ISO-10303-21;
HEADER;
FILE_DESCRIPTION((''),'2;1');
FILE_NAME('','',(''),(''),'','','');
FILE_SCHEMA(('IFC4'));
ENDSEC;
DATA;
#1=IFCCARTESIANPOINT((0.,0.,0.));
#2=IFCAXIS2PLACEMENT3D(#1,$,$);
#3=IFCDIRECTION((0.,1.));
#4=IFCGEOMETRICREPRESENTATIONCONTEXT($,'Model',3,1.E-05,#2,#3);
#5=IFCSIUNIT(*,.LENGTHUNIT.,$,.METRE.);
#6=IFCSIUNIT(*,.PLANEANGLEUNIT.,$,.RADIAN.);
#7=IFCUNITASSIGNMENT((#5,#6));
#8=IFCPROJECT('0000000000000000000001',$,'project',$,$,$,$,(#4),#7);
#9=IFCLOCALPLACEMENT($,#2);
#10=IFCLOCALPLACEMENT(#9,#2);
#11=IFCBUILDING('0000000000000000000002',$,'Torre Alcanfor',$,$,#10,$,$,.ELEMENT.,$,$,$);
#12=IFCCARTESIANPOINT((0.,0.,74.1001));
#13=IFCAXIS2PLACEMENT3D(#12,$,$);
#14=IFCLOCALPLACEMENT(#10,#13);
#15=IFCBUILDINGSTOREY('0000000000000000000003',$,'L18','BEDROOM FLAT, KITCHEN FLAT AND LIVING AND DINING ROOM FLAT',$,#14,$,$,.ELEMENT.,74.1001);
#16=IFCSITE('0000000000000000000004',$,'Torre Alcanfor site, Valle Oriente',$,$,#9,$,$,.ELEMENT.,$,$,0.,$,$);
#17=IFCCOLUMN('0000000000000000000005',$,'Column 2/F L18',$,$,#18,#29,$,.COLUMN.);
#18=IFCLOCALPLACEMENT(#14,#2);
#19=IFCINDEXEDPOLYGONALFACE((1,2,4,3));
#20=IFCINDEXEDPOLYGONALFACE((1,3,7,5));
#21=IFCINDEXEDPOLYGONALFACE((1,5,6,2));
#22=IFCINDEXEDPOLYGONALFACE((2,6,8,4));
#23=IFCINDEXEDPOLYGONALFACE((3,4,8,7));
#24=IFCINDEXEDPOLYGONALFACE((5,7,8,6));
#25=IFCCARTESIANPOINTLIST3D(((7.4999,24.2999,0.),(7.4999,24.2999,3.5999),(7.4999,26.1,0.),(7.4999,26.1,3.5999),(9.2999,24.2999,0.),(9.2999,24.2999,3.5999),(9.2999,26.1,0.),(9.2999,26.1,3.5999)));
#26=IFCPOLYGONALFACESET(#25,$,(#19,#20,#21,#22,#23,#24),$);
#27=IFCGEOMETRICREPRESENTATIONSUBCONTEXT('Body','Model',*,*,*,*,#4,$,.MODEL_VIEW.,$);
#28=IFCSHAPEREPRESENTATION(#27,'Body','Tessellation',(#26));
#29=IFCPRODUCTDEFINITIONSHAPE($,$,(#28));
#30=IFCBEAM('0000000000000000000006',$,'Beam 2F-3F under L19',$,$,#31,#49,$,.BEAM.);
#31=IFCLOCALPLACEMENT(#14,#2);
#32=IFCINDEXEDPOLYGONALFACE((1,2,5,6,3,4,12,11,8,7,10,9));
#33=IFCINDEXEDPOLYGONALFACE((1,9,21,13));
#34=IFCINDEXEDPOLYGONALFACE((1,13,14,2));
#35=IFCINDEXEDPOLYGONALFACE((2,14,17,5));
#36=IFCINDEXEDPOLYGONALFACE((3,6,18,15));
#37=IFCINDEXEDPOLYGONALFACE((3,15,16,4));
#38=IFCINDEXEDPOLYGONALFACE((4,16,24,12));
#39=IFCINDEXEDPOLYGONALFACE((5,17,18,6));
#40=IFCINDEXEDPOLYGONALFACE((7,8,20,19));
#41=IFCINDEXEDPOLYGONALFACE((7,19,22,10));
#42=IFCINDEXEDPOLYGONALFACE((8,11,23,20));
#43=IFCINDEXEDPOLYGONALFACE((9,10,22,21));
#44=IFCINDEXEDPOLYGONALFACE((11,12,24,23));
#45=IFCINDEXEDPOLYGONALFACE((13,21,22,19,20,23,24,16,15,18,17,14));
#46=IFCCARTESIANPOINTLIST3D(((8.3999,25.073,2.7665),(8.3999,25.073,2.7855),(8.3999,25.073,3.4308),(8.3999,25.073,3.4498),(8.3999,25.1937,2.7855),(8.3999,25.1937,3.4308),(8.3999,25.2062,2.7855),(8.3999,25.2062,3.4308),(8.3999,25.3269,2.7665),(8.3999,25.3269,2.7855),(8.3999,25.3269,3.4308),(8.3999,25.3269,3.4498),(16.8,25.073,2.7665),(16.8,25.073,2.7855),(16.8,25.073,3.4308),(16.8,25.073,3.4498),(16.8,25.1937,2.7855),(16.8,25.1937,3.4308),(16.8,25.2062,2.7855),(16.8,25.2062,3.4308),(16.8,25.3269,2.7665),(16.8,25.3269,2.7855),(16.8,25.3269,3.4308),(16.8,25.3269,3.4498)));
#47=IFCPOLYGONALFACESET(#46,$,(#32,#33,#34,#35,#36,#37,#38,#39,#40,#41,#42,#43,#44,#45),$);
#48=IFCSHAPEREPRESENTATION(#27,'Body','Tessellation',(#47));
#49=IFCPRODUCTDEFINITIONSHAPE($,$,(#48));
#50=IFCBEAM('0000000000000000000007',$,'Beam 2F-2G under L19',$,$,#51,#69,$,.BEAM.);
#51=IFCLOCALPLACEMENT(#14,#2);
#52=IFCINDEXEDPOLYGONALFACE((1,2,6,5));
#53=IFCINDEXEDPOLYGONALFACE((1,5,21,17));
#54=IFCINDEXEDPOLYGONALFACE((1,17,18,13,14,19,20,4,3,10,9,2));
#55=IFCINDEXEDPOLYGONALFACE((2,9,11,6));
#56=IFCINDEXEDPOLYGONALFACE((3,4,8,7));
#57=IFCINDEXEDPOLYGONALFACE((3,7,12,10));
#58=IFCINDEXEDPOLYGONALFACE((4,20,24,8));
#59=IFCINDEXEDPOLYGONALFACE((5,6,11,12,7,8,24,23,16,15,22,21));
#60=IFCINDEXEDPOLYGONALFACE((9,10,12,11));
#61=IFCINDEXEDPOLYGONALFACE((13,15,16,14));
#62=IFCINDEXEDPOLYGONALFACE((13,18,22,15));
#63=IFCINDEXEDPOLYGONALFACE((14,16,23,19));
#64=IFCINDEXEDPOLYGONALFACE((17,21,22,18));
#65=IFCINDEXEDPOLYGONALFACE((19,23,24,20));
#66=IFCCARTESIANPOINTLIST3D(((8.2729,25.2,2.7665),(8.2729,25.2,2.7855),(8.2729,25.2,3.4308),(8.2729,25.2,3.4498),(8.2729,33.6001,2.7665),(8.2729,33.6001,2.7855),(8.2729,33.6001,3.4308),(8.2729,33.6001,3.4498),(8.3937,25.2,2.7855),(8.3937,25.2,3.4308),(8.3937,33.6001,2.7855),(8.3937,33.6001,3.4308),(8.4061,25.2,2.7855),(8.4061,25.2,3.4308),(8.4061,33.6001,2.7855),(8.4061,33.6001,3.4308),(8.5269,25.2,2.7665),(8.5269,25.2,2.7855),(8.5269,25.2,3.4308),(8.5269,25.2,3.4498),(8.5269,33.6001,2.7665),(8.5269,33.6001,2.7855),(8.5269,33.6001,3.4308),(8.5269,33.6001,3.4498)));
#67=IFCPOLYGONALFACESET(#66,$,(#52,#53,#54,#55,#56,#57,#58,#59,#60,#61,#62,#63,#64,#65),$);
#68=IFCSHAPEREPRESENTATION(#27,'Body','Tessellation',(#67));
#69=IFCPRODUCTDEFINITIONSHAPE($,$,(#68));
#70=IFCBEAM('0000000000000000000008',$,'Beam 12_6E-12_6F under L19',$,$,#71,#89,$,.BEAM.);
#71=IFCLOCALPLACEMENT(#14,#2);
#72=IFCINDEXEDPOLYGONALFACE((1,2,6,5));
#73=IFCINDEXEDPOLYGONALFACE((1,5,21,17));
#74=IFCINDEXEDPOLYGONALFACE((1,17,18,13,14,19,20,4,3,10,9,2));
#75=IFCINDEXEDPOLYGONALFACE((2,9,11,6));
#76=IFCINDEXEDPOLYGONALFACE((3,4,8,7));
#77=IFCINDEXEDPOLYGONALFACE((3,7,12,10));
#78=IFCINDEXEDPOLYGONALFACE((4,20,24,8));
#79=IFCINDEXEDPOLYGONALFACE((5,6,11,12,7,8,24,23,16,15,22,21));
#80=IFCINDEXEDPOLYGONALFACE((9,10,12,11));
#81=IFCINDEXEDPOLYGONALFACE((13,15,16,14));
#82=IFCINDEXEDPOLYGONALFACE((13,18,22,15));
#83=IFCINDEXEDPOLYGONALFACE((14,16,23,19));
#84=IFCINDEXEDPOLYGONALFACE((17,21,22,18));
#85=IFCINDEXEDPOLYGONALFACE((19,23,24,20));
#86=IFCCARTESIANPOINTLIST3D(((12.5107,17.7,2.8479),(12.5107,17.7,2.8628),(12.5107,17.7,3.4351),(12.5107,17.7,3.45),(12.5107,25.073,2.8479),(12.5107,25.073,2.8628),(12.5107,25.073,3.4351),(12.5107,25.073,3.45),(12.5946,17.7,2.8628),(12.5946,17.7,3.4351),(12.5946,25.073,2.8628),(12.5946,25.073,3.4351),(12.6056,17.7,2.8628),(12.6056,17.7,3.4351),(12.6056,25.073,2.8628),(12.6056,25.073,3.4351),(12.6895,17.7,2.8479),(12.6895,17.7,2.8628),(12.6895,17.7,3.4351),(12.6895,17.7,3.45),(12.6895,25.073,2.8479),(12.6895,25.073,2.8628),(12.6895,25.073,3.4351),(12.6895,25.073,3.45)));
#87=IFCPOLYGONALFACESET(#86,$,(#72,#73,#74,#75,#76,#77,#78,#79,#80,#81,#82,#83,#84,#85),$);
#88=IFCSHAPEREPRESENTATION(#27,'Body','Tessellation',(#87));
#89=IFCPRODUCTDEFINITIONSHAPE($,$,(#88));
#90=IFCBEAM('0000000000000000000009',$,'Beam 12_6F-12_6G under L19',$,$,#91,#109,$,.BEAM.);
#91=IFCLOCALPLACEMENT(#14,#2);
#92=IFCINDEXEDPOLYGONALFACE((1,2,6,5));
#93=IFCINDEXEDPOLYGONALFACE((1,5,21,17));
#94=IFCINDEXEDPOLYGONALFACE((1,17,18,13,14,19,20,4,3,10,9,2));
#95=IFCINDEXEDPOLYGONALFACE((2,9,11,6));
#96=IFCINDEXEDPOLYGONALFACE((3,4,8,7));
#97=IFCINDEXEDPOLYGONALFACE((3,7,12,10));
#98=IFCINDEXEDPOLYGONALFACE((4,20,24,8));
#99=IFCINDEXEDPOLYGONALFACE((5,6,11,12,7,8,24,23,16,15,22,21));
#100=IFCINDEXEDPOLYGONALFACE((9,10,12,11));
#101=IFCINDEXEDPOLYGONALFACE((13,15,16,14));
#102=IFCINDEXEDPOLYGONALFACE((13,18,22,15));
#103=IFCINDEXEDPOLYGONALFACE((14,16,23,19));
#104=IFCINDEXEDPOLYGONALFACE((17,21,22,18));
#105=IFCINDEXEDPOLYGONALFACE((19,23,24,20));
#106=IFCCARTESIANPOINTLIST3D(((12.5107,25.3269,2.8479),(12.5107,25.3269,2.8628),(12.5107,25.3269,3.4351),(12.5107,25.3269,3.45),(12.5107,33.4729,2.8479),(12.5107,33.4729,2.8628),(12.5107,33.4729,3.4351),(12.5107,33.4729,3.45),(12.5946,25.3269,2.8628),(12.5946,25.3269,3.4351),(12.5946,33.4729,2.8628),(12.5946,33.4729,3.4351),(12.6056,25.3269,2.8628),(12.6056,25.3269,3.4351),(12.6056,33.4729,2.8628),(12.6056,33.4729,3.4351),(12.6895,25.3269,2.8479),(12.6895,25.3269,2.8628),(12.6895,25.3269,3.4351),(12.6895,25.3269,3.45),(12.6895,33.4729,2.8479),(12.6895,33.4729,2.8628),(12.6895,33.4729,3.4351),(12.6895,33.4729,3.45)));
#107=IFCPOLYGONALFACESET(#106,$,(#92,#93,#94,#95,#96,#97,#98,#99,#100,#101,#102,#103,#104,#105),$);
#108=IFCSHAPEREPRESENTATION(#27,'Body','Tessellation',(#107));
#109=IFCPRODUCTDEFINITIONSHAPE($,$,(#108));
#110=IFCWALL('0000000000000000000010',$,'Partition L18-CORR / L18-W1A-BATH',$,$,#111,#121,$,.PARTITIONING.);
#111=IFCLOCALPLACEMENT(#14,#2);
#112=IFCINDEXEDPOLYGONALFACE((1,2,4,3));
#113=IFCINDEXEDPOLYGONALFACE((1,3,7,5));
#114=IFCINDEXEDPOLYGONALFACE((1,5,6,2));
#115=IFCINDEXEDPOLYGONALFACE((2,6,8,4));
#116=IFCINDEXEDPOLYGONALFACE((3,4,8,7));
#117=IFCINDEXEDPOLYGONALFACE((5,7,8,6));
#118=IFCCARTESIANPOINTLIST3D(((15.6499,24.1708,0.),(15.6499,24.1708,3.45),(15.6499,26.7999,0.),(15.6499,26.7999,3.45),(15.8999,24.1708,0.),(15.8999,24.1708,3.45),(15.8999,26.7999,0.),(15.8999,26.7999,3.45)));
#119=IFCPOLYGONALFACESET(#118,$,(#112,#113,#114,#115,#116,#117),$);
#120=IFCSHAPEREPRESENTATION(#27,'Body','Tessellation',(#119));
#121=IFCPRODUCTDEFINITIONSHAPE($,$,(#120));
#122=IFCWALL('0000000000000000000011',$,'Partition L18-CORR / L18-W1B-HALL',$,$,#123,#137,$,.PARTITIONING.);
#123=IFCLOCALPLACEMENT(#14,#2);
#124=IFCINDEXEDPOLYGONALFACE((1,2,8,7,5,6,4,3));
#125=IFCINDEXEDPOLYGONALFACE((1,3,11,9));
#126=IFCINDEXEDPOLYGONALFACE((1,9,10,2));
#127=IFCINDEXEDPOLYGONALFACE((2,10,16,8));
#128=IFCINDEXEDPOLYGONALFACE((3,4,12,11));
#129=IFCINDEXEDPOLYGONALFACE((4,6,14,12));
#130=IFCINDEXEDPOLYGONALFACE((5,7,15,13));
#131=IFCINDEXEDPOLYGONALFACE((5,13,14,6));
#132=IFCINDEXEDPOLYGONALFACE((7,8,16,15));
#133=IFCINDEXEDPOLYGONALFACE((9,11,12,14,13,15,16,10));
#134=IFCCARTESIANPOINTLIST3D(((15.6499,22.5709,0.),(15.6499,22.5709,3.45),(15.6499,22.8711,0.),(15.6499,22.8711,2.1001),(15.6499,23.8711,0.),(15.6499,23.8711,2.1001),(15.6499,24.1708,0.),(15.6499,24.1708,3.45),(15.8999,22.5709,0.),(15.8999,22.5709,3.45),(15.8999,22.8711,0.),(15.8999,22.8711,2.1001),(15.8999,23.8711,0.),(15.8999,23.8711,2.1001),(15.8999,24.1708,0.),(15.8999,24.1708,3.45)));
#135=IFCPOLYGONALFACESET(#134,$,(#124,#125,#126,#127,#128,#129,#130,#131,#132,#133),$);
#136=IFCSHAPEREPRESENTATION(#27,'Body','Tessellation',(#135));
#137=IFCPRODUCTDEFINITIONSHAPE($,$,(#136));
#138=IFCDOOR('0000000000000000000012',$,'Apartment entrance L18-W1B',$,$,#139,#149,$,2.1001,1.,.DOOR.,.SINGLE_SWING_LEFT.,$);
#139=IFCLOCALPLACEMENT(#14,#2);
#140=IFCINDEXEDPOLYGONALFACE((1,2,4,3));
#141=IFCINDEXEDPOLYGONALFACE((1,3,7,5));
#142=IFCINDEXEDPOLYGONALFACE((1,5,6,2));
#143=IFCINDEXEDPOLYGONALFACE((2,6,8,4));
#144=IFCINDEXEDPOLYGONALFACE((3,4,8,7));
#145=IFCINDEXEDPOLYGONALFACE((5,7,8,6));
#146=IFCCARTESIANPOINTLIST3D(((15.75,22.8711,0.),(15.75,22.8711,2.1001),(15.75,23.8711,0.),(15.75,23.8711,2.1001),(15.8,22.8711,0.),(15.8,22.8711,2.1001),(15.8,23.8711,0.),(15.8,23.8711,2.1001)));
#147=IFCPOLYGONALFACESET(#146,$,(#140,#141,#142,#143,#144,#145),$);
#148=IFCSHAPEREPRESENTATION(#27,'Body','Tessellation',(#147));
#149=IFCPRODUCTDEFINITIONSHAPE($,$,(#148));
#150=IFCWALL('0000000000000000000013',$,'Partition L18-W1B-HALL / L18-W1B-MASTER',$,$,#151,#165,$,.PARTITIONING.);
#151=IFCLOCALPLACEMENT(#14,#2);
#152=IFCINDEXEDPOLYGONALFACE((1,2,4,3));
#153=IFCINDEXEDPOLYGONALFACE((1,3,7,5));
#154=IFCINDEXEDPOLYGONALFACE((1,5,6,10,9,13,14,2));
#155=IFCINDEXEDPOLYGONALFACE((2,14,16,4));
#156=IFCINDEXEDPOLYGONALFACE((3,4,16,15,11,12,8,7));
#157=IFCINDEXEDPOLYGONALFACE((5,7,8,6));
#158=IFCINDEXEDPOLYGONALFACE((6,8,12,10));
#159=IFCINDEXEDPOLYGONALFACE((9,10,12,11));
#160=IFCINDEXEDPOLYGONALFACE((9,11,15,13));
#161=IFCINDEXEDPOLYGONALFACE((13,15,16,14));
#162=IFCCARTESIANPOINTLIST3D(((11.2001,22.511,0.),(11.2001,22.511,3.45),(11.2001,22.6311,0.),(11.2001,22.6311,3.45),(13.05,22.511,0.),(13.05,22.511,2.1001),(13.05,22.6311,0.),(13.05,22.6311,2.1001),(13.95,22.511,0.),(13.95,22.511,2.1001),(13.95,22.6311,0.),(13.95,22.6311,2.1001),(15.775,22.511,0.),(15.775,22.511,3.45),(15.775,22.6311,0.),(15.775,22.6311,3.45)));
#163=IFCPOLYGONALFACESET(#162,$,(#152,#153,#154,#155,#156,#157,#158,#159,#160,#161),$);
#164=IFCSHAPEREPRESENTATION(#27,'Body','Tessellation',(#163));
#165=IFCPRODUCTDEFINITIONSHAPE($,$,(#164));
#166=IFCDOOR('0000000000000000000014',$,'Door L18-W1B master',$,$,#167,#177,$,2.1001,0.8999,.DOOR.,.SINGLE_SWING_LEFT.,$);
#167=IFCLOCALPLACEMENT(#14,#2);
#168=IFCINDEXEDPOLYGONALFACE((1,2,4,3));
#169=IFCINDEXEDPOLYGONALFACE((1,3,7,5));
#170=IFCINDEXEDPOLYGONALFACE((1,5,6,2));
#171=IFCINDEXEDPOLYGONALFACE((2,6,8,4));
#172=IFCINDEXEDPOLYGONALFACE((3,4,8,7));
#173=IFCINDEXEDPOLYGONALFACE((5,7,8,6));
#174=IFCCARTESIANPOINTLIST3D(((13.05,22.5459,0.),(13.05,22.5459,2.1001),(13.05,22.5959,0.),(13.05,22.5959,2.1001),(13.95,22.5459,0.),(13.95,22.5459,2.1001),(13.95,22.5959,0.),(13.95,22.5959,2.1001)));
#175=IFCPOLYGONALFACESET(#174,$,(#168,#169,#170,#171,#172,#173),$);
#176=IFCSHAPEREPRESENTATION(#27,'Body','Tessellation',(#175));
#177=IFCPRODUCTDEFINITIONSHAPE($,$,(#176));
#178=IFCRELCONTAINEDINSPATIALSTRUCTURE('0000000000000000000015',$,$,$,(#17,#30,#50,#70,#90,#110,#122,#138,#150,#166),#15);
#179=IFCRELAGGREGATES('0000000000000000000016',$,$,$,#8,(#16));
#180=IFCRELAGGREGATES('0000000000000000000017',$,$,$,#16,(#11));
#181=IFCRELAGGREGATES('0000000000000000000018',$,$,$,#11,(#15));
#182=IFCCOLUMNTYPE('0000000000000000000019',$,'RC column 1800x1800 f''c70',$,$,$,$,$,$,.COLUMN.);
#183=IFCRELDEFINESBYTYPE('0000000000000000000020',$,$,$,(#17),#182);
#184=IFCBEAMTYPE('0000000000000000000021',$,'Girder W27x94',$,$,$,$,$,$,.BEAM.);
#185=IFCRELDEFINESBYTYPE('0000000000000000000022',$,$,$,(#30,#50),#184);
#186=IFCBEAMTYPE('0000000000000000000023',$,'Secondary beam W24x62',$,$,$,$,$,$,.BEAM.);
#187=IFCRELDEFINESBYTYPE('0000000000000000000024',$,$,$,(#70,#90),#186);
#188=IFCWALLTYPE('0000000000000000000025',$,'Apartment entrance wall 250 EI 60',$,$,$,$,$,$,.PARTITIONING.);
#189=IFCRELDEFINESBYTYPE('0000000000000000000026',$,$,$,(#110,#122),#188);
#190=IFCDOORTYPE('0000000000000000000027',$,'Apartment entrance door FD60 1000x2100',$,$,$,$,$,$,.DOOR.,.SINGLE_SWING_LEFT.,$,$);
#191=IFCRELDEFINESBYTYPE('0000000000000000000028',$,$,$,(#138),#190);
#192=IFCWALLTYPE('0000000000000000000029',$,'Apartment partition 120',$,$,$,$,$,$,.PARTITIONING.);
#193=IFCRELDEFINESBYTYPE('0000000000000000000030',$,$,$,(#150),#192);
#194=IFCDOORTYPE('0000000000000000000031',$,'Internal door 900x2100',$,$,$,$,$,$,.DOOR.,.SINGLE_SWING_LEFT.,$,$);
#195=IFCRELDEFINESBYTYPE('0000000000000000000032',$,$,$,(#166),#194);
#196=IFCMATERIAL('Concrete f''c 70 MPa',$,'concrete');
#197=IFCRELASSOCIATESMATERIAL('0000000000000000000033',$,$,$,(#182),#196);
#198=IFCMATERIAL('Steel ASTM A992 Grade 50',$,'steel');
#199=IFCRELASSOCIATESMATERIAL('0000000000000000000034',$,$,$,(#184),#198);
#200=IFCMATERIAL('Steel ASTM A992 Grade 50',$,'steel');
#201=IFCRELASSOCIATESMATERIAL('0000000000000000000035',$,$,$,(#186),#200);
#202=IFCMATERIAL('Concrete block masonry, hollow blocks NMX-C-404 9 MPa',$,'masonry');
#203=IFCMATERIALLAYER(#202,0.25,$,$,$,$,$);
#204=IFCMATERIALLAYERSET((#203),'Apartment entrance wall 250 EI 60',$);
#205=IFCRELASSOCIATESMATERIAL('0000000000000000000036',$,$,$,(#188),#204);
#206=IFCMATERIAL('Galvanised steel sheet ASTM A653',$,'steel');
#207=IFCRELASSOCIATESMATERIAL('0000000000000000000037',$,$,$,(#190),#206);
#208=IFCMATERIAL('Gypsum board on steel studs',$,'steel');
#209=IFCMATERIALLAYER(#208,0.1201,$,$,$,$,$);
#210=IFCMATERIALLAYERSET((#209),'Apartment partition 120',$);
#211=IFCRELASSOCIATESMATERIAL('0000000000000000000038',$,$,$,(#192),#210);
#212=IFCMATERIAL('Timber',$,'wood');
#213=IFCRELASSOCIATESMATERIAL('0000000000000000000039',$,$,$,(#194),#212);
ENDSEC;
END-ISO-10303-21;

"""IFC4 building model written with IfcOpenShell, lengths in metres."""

from ifc_helpers import new_model, si_unit, direction, frame, frame_2d, origin, origin_2d, place, context, subcontext, project, spatial, rectangle, i_section, extrude, material, layer, layer_set, material_profile, profile_set, type_object, element, fill, save


model = new_model("IFC4")

# Units and contexts
model_context = context("Model", 3, precision=1e-05, world=origin(), true_north=direction((0.0, 1.0)))
body_context = subcontext(model_context, "Body", "Model", "MODEL_VIEW")
ifc_project = project(units=[si_unit("LENGTHUNIT", "METRE"), si_unit("PLANEANGLEUNIT", "RADIAN")], contexts=[model_context])

# Site, building, storey
site_placement = place(None, origin())
site = spatial("IfcSite", under=ifc_project, at=site_placement, Name="Torre Alcanfor site, Valle Oriente", CompositionType="ELEMENT", RefElevation=0.0)
building_placement = place(site_placement, origin())
building = spatial("IfcBuilding", under=site, at=building_placement, Name="Torre Alcanfor", CompositionType="ELEMENT")
storey_placement = place(building_placement, frame((0.0, 0.0, 74.1001)))
storey = spatial("IfcBuildingStorey", under=building, at=storey_placement, Name="L18", Description="BEDROOM FLAT, KITCHEN FLAT AND LIVING AND DINING ROOM FLAT", CompositionType="ELEMENT", Elevation=74.1001)

# Column
ifc_material_1 = material(Name="Concrete f'c 70 MPa", Category="concrete")
ifc_material_profile_1 = material_profile(ifc_material_1, rectangle(XDim=1.8, YDim=1.8, at=origin_2d()), Name="1800x1800")
ifc_profile_set_1 = profile_set([ifc_material_profile_1], Name="Concrete f'c 70 MPa")
column_type = type_object("IfcColumnType", Name="RC column 1800x1800 f'c70", PredefinedType="COLUMN", material=ifc_profile_set_1)
column_placement = place(storey_placement, frame((8.3999, 25.2, 0.0), z_axis=(0.0, 0.0, 1.0), x_axis=(1.0, 0.0, 0.0)))
element("IfcColumn", 1, at=column_placement, inside=storey, type_object=column_type, Name="Column 2/F L18", PredefinedType="COLUMN", context=body_context, shape_type="SweptSolid", body=[
    extrude(rectangle(XDim=1.8, YDim=1.8, at=origin_2d()), origin(), (0.0, 0.0, 1.0), 3.5999),
])

# Beams
ifc_material_2 = material(Name="Steel ASTM A992 Grade 50", Category="steel")
ifc_material_profile_2 = material_profile(ifc_material_2, i_section(OverallWidth=0.2539, OverallDepth=0.6833, WebThickness=0.0125, FlangeThickness=0.019, at=origin_2d()), Name="W27x94")
ifc_profile_set_2 = profile_set([ifc_material_profile_2], Name="Steel ASTM A992 Grade 50")
beam_type_1 = type_object("IfcBeamType", Name="Girder W27x94", PredefinedType="BEAM", material=ifc_profile_set_2)
for number, where, z_axis, x_axis, name in (
    (2, (8.3999, 25.2, 3.1082), (1.0, 0.0, 0.0), (0.0, 1.0, 0.0), "Beam 2F-3F under L19"),
    (3, (8.3999, 25.2, 3.1082), (0.0, 1.0, 0.0), (-1.0, 0.0, 0.0), "Beam 2F-2G under L19"),
):
    element("IfcBeam", number, at=place(storey_placement, frame(where, z_axis=z_axis, x_axis=x_axis)), inside=storey, type_object=beam_type_1, Name=name, PredefinedType="BEAM", context=body_context, shape_type="SweptSolid", body=[
        extrude(i_section(OverallWidth=0.2539, OverallDepth=0.6833, WebThickness=0.0125, FlangeThickness=0.019, at=origin_2d()), origin(), (0.0, 0.0, 1.0), 8.4001),
    ])
ifc_material_3 = material(Name="Steel ASTM A992 Grade 50", Category="steel")
ifc_material_profile_3 = material_profile(ifc_material_3, i_section(OverallWidth=0.1787, OverallDepth=0.6021, WebThickness=0.011, FlangeThickness=0.0149, at=origin_2d()), Name="W24x62")
ifc_profile_set_3 = profile_set([ifc_material_profile_3], Name="Steel ASTM A992 Grade 50")
beam_type_2 = type_object("IfcBeamType", Name="Secondary beam W24x62", PredefinedType="BEAM", material=ifc_profile_set_3)
beam_1_placement = place(storey_placement, frame((12.6001, 17.7, 3.1489), z_axis=(0.0, 1.0, 0.0), x_axis=(-1.0, 0.0, 0.0)))
element("IfcBeam", 4, at=beam_1_placement, inside=storey, type_object=beam_type_2, Name="Beam 12_6E-12_6F under L19", PredefinedType="BEAM", context=body_context, shape_type="SweptSolid", body=[
    extrude(i_section(OverallWidth=0.1787, OverallDepth=0.6021, WebThickness=0.011, FlangeThickness=0.0149, at=origin_2d()), origin(), (0.0, 0.0, 1.0), 7.373),
])
beam_2_placement = place(storey_placement, frame((12.6001, 25.3269, 3.1489), z_axis=(0.0, 1.0, 0.0), x_axis=(-1.0, 0.0, 0.0)))
element("IfcBeam", 5, at=beam_2_placement, inside=storey, type_object=beam_type_2, Name="Beam 12_6F-12_6G under L19", PredefinedType="BEAM", context=body_context, shape_type="SweptSolid", body=[
    extrude(i_section(OverallWidth=0.1787, OverallDepth=0.6021, WebThickness=0.011, FlangeThickness=0.0149, at=origin_2d()), origin(), (0.0, 0.0, 1.0), 8.146),
])

# Wall
ifc_material_4 = material(Name="Concrete block masonry, hollow blocks NMX-C-404 9 MPa", Category="masonry")
ifc_layer_1 = layer(ifc_material_4, 0.25)
ifc_layer_set_1 = layer_set([ifc_layer_1], Name="Apartment entrance wall 250 EI 60")
wall_type_1 = type_object("IfcWallType", Name="Apartment entrance wall 250 EI 60", PredefinedType="PARTITIONING", material=ifc_layer_set_1)
wall_1_placement = place(storey_placement, frame((15.7749, 24.1709, 0.0), z_axis=(0.0, 0.0, 1.0), x_axis=(0.0, 1.0, 0.0)))
element("IfcWall", 6, at=wall_1_placement, inside=storey, type_object=wall_type_1, Name="Partition L18-CORR / L18-W1A-BATH", PredefinedType="PARTITIONING", context=body_context, shape_type="SweptSolid", body=[
    extrude(rectangle(XDim=2.6292, YDim=0.25, at=frame_2d((1.3145, 0.0))), origin(), (0.0, 0.0, 1.0), 3.45),
])

# Walls, openings, doors
wall_2_placement = place(storey_placement, frame((15.7749, 22.571, 0.0), z_axis=(0.0, 0.0, 1.0), x_axis=(0.0, 1.0, 0.0)))
wall_2 = element("IfcWall", 7, at=wall_2_placement, inside=storey, type_object=wall_type_1, Name="Partition L18-CORR / L18-W1B-HALL", PredefinedType="PARTITIONING", context=body_context, shape_type="SweptSolid", body=[
    extrude(rectangle(XDim=1.5999, YDim=0.25, at=frame_2d((0.7998, 0.0))), origin(), (0.0, 0.0, 1.0), 3.45),
])
opening_1_placement = place(wall_2_placement, frame((0.3, 0.0, 0.0)))
opening_1 = element("IfcOpeningElement", 8, at=opening_1_placement, cuts=wall_2, PredefinedType="OPENING", context=body_context, shape_type="SweptSolid", body=[
    extrude(rectangle(XDim=1.0, YDim=2.1001, at=frame_2d((0.5, 1.05))), frame((0.0, 0.135, 0.0), z_axis=(0.0, -1.0, 0.0), x_axis=(1.0, 0.0, 0.0)), (0.0, 0.0, 1.0), 0.27),
])
ifc_material_5 = material(Name="Galvanised steel sheet ASTM A653", Category="steel")
door_type_1 = type_object("IfcDoorType", Name="Apartment entrance door FD60 1000x2100", OperationType="SINGLE_SWING_LEFT", PredefinedType="DOOR", material=ifc_material_5)
door_1_placement = place(opening_1_placement, origin())
door_1 = element("IfcDoor", 9, at=door_1_placement, inside=storey, type_object=door_type_1, Name="Apartment entrance L18-W1B", OperationType="SINGLE_SWING_LEFT", OverallHeight=2.1001, OverallWidth=1.0, PredefinedType="DOOR", context=body_context, shape_type="SweptSolid", body=[
    extrude(rectangle(XDim=1.0, YDim=2.1001, at=frame_2d((0.5, 1.05))), frame((0.0, 0.0249, 0.0), z_axis=(0.0, -1.0, 0.0), x_axis=(1.0, 0.0, 0.0)), (0.0, 0.0, 1.0), 0.05),
])
fill(opening_1, door_1)
ifc_material_6 = material(Name="Gypsum board on steel studs", Category="steel")
ifc_layer_2 = layer(ifc_material_6, 0.1201)
ifc_layer_set_2 = layer_set([ifc_layer_2], Name="Apartment partition 120")
wall_type_2 = type_object("IfcWallType", Name="Apartment partition 120", PredefinedType="PARTITIONING", material=ifc_layer_set_2)
wall_3_placement = place(storey_placement, frame((11.2, 22.571, 0.0), z_axis=(0.0, 0.0, 1.0), x_axis=(1.0, 0.0, 0.0)))
wall_3 = element("IfcWall", 10, at=wall_3_placement, inside=storey, type_object=wall_type_2, Name="Partition L18-W1B-HALL / L18-W1B-MASTER", PredefinedType="PARTITIONING", context=body_context, shape_type="SweptSolid", body=[
    extrude(rectangle(XDim=4.575, YDim=0.1201, at=frame_2d((2.2876, 0.0))), origin(), (0.0, 0.0, 1.0), 3.45),
])
opening_2_placement = place(wall_3_placement, frame((1.8501, 0.0, 0.0)))
opening_2 = element("IfcOpeningElement", 11, at=opening_2_placement, cuts=wall_3, PredefinedType="OPENING", context=body_context, shape_type="SweptSolid", body=[
    extrude(rectangle(XDim=0.8999, YDim=2.1001, at=frame_2d((0.45, 1.05))), frame((0.0, 0.0701, 0.0), z_axis=(0.0, -1.0, 0.0), x_axis=(1.0, 0.0, 0.0)), (0.0, 0.0, 1.0), 0.1401),
])
ifc_material_7 = material(Name="Timber", Category="wood")
door_type_2 = type_object("IfcDoorType", Name="Internal door 900x2100", OperationType="SINGLE_SWING_LEFT", PredefinedType="DOOR", material=ifc_material_7)
door_2_placement = place(opening_2_placement, frame((0.8999, 0.0, 0.0), z_axis=(0.0, 0.0, 1.0), x_axis=(-1.0, 0.0, 0.0)))
door_2 = element("IfcDoor", 12, at=door_2_placement, inside=storey, type_object=door_type_2, Name="Door L18-W1B master", OperationType="SINGLE_SWING_LEFT", OverallHeight=2.1001, OverallWidth=0.8999, PredefinedType="DOOR", context=body_context, shape_type="SweptSolid", body=[
    extrude(rectangle(XDim=0.8999, YDim=2.1001, at=frame_2d((0.45, 1.05))), frame((0.0, 0.0251, 0.0), z_axis=(0.0, -1.0, 0.0), x_axis=(1.0, 0.0, 0.0)), (0.0, 0.0, 1.0), 0.05),
])
fill(opening_2, door_2)

save(model, "model.ifc")
